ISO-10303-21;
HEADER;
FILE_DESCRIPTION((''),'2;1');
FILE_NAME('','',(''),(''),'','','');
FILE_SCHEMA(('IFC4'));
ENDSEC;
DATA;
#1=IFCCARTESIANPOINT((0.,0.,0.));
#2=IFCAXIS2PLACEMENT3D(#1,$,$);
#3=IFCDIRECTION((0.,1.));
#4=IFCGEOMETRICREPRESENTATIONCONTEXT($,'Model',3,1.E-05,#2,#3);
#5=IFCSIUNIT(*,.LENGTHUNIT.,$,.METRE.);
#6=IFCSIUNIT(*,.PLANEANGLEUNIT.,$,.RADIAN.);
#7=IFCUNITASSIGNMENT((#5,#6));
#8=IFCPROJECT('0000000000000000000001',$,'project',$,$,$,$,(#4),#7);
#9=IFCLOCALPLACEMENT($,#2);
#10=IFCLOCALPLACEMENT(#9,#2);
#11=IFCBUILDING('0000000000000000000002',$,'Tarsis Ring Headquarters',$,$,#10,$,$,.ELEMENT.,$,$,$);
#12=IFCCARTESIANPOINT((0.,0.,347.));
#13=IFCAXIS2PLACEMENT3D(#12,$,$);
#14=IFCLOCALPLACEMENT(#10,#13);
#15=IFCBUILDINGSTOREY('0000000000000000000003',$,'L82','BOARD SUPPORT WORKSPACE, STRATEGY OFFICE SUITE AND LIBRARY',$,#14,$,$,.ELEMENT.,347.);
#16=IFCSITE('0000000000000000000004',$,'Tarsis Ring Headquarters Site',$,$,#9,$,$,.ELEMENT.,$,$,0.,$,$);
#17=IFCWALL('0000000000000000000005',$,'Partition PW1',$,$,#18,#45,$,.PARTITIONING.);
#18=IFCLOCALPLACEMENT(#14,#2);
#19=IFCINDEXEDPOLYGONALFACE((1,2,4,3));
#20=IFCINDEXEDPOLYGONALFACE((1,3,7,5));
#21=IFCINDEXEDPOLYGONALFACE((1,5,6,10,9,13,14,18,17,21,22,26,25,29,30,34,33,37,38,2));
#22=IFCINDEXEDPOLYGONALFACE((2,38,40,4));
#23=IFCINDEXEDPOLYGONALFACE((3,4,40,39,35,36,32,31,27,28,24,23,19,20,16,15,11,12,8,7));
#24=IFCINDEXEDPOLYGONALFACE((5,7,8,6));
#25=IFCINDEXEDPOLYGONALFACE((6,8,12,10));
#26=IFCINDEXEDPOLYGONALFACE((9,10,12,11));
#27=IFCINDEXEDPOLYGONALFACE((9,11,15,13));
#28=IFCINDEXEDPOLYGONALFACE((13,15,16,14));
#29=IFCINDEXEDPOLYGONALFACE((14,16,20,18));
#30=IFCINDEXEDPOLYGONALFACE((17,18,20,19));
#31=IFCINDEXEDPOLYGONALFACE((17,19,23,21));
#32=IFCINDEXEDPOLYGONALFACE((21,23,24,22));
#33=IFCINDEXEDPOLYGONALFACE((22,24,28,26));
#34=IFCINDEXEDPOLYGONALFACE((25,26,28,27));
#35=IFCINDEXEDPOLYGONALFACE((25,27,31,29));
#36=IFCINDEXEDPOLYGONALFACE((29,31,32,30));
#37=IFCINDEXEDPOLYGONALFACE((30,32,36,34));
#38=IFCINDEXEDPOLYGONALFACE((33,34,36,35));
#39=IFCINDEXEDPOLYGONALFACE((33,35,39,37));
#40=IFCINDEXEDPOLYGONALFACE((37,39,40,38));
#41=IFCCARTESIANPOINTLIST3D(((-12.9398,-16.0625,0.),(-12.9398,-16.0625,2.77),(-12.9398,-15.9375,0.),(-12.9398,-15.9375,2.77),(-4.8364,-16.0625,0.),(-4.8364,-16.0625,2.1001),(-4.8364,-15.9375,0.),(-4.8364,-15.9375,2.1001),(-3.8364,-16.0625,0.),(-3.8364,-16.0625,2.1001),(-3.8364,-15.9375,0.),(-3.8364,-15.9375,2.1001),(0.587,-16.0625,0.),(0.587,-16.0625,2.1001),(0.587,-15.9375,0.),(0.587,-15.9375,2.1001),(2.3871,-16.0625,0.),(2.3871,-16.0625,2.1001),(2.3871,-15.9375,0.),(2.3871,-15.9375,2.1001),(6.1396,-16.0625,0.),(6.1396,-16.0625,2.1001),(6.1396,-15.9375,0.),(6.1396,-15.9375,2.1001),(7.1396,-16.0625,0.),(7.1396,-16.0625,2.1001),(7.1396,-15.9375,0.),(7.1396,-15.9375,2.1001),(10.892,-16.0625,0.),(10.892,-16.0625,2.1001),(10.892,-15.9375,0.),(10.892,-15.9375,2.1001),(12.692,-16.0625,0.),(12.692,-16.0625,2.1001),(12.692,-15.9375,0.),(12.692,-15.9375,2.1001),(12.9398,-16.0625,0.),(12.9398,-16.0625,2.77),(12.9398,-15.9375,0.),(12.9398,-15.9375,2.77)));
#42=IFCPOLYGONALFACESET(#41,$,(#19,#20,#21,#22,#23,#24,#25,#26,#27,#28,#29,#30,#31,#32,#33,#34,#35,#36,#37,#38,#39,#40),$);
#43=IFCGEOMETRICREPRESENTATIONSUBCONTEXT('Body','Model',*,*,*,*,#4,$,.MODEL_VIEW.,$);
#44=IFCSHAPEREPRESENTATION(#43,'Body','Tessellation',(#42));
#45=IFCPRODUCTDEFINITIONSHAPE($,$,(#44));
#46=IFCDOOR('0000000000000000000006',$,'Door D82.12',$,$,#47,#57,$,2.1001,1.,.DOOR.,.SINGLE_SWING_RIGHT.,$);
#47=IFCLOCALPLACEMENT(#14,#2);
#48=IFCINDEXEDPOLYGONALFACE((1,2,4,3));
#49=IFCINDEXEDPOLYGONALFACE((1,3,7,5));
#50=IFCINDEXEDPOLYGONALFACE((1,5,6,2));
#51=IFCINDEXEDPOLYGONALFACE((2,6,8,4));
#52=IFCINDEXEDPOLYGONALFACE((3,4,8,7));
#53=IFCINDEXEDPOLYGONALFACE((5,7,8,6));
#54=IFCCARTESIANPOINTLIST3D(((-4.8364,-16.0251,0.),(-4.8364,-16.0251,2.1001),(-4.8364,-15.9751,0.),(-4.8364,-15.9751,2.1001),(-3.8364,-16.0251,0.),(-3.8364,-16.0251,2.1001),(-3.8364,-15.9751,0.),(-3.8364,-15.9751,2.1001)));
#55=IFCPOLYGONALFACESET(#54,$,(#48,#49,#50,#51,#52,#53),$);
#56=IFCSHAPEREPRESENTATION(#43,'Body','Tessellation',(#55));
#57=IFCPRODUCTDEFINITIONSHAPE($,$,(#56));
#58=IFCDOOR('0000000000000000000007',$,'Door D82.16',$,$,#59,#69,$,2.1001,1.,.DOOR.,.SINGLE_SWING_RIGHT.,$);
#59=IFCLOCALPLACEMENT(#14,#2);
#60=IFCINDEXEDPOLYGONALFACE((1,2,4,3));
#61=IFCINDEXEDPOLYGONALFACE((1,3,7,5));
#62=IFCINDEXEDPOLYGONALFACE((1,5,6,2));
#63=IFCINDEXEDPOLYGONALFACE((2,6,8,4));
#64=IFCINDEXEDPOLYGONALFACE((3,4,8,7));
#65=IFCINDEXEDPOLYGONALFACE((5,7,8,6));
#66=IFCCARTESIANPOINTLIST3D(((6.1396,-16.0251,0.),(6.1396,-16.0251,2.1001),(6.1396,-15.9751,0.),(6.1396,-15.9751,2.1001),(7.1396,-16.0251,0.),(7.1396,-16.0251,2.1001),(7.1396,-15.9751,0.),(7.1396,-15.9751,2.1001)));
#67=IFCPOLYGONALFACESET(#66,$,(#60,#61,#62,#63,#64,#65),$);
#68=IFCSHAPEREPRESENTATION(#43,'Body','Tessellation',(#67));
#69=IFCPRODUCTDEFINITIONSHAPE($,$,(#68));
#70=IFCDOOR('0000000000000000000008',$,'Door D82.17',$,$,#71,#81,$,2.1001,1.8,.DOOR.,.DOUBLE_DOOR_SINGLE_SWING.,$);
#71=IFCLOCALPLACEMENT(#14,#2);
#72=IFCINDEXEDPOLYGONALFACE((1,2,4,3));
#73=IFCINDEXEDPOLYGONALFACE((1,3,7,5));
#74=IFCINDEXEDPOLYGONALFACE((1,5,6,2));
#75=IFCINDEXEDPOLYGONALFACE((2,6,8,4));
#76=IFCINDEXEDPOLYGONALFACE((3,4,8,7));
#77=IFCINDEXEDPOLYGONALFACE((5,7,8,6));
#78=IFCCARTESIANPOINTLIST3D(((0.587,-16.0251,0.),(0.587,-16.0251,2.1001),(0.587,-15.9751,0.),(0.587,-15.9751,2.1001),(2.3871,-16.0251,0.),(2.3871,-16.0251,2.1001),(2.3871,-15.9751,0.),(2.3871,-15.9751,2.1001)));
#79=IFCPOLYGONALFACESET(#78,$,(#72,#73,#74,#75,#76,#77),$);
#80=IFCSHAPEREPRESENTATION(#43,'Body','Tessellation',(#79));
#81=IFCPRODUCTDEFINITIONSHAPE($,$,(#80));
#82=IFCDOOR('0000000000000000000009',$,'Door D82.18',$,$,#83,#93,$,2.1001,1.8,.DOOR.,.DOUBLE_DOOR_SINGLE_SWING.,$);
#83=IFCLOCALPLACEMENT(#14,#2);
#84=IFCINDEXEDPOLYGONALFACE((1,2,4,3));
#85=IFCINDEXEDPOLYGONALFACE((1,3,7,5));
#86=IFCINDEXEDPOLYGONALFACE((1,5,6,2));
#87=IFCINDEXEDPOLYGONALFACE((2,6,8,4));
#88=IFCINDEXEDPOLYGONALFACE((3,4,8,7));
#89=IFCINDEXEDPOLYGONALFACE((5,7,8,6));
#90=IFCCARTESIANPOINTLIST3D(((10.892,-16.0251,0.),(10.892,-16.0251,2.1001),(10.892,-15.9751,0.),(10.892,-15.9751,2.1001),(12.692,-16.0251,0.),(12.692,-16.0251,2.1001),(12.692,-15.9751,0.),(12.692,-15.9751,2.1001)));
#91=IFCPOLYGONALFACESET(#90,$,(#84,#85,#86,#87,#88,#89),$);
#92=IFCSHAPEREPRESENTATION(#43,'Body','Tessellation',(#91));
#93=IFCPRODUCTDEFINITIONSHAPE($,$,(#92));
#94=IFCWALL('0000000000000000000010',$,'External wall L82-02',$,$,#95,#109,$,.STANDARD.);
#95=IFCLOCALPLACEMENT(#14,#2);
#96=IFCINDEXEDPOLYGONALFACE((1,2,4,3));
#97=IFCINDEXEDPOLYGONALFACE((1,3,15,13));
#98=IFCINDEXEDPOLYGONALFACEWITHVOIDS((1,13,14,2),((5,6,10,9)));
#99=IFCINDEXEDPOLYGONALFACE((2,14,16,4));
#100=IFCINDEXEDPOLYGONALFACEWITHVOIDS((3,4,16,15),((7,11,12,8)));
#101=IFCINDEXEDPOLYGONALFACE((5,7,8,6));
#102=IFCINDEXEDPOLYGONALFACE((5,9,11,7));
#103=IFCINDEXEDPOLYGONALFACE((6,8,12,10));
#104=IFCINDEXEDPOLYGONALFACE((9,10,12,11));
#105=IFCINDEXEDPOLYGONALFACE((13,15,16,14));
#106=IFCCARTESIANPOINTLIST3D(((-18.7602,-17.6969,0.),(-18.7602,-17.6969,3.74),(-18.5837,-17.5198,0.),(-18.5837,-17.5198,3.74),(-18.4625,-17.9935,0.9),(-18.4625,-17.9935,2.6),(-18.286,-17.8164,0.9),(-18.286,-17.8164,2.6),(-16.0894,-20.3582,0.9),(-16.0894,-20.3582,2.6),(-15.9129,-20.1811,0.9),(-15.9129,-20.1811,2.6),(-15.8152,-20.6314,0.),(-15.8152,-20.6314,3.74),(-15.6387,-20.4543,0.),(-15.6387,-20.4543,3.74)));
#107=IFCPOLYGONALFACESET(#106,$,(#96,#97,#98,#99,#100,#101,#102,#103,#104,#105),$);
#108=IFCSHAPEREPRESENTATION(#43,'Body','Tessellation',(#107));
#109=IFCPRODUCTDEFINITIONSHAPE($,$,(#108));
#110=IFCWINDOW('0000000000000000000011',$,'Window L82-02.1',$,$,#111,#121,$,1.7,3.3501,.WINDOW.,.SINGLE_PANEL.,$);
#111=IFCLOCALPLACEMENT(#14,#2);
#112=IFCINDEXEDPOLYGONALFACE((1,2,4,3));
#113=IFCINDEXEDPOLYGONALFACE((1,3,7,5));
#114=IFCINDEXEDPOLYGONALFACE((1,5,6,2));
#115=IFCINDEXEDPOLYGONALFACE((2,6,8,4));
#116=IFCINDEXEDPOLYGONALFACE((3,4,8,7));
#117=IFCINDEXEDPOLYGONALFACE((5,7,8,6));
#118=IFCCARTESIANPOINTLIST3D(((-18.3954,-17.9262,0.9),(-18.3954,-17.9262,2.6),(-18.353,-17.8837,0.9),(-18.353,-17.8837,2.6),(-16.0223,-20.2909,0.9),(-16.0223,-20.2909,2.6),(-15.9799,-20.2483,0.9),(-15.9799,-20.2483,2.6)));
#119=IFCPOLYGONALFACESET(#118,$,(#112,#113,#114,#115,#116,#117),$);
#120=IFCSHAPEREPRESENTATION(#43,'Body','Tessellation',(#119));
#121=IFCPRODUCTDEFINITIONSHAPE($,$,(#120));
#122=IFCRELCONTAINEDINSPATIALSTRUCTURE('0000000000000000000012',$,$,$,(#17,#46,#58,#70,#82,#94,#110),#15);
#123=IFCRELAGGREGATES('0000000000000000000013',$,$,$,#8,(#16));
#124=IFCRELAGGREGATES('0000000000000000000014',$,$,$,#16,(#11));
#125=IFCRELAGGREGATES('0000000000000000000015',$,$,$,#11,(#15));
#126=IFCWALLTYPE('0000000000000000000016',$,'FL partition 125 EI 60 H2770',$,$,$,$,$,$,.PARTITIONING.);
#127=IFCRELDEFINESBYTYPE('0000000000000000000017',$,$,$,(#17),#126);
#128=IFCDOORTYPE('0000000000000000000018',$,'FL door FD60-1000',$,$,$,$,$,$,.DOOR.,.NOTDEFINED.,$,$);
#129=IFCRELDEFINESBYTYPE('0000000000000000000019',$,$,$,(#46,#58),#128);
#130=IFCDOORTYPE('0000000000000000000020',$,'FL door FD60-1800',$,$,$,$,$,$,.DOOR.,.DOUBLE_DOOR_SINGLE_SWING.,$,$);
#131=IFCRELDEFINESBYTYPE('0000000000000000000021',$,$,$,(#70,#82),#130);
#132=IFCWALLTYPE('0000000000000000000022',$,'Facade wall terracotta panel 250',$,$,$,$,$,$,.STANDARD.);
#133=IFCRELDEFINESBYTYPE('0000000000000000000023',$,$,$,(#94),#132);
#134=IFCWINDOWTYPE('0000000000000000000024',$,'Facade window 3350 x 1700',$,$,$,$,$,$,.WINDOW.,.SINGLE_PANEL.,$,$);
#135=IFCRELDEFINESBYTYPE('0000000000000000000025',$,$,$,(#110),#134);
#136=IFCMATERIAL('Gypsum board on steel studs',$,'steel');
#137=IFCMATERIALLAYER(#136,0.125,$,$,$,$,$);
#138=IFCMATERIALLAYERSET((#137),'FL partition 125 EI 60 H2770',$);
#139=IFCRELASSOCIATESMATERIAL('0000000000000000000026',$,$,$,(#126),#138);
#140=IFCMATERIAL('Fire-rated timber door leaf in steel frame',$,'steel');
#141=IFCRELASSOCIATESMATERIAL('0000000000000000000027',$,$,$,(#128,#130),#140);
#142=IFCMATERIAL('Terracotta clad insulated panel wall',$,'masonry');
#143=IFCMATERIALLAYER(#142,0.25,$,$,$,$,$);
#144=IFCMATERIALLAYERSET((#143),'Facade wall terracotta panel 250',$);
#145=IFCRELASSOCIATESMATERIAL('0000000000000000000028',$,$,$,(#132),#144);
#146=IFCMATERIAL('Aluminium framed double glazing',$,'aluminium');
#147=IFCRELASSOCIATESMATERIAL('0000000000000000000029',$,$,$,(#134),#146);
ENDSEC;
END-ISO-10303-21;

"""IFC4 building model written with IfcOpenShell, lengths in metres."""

from ifc_helpers import new_model, si_unit, direction, frame, frame_2d, origin, place, context, subcontext, project, spatial, rectangle, extrude, material, layer, layer_set, type_object, element, fill, save


model = new_model("IFC4")

# Units and contexts
model_context = context("Model", 3, precision=1e-05, world=origin(), true_north=direction((0.0, 1.0)))
body_context = subcontext(model_context, "Body", "Model", "MODEL_VIEW")
ifc_project = project(units=[si_unit("LENGTHUNIT", "METRE"), si_unit("PLANEANGLEUNIT", "RADIAN")], contexts=[model_context])

# Site, building, storey
site_placement = place(None, origin())
site = spatial("IfcSite", under=ifc_project, at=site_placement, Name="Tarsis Ring Headquarters Site", CompositionType="ELEMENT", RefElevation=0.0)
building_placement = place(site_placement, origin())
building = spatial("IfcBuilding", under=site, at=building_placement, Name="Tarsis Ring Headquarters", CompositionType="ELEMENT")
storey_placement = place(building_placement, frame((0.0, 0.0, 347.0)))
storey = spatial("IfcBuildingStorey", under=building, at=storey_placement, Name="L82", Description="BOARD SUPPORT WORKSPACE, STRATEGY OFFICE SUITE AND LIBRARY", CompositionType="ELEMENT", Elevation=347.0)

# Wall, openings, doors
ifc_material_1 = material(Name="Gypsum board on steel studs", Category="steel")
ifc_layer_1 = layer(ifc_material_1, 0.125)
ifc_layer_set_1 = layer_set([ifc_layer_1], Name="FL partition 125 EI 60 H2770")
wall_type_1 = type_object("IfcWallType", Name="FL partition 125 EI 60 H2770", PredefinedType="PARTITIONING", material=ifc_layer_set_1)
ifc_material_2 = material(Name="Fire-rated timber door leaf in steel frame", Category="steel")
door_type_1 = type_object("IfcDoorType", Name="FL door FD60-1000", OperationType="NOTDEFINED", PredefinedType="DOOR", material=ifc_material_2)
door_type_2 = type_object("IfcDoorType", Name="FL door FD60-1800", OperationType="DOUBLE_DOOR_SINGLE_SWING", PredefinedType="DOOR", material=ifc_material_2)
wall_1_placement = place(storey_placement, frame((-12.9399, -16.0, 0.0), z_axis=(0.0, 0.0, 1.0), x_axis=(1.0, 0.0, 0.0)))
wall_1 = element("IfcWall", 1, at=wall_1_placement, inside=storey, type_object=wall_type_1, Name="Partition PW1", PredefinedType="PARTITIONING", context=body_context, shape_type="SweptSolid", body=[
    extrude(rectangle(XDim=25.8796, YDim=0.125, at=frame_2d((12.9399, 0.0))), origin(), (0.0, 0.0, 1.0), 2.77),
])
opening_1_placement = place(wall_1_placement, frame((8.1035, 0.0, 0.0)))
opening_1 = element("IfcOpeningElement", 2, at=opening_1_placement, cuts=wall_1, PredefinedType="OPENING", context=body_context, shape_type="SweptSolid", body=[
    extrude(rectangle(XDim=1.0, YDim=2.1001, at=frame_2d((0.5, 1.05))), frame((0.0, 0.0725, 0.0), z_axis=(0.0, -1.0, 0.0), x_axis=(1.0, 0.0, 0.0)), (0.0, 0.0, 1.0), 0.145),
])
opening_2_placement = place(wall_1_placement, frame((19.0796, 0.0, 0.0)))
opening_2 = element("IfcOpeningElement", 3, at=opening_2_placement, cuts=wall_1, PredefinedType="OPENING", context=body_context, shape_type="SweptSolid", body=[
    extrude(rectangle(XDim=1.0, YDim=2.1001, at=frame_2d((0.5, 1.05))), frame((0.0, 0.0725, 0.0), z_axis=(0.0, -1.0, 0.0), x_axis=(1.0, 0.0, 0.0)), (0.0, 0.0, 1.0), 0.145),
])
opening_3_placement = place(wall_1_placement, frame((13.5271, 0.0, 0.0)))
opening_3 = element("IfcOpeningElement", 4, at=opening_3_placement, cuts=wall_1, PredefinedType="OPENING", context=body_context, shape_type="SweptSolid", body=[
    extrude(rectangle(XDim=1.8, YDim=2.1001, at=frame_2d((0.8999, 1.05))), frame((0.0, 0.0725, 0.0), z_axis=(0.0, -1.0, 0.0), x_axis=(1.0, 0.0, 0.0)), (0.0, 0.0, 1.0), 0.145),
])
opening_4_placement = place(wall_1_placement, frame((23.832, 0.0, 0.0)))
opening_4 = element("IfcOpeningElement", 5, at=opening_4_placement, cuts=wall_1, PredefinedType="OPENING", context=body_context, shape_type="SweptSolid", body=[
    extrude(rectangle(XDim=1.8, YDim=2.1001, at=frame_2d((0.8999, 1.05))), frame((0.0, 0.0725, 0.0), z_axis=(0.0, -1.0, 0.0), x_axis=(1.0, 0.0, 0.0)), (0.0, 0.0, 1.0), 0.145),
])
door_1_placement = place(opening_1_placement, origin())
door_1 = element("IfcDoor", 6, at=door_1_placement, inside=storey, type_object=door_type_1, Name="Door D82.12", OperationType="SINGLE_SWING_RIGHT", OverallHeight=2.1001, OverallWidth=1.0, PredefinedType="DOOR", context=body_context, shape_type="SweptSolid", body=[
    extrude(rectangle(XDim=1.0, YDim=2.1001, at=frame_2d((0.5, 1.05))), frame((0.0, 0.0249, 0.0), z_axis=(0.0, -1.0, 0.0), x_axis=(1.0, 0.0, 0.0)), (0.0, 0.0, 1.0), 0.05),
])
fill(opening_1, door_1)
door_2_placement = place(opening_2_placement, origin())
door_2 = element("IfcDoor", 7, at=door_2_placement, inside=storey, type_object=door_type_1, Name="Door D82.16", OperationType="SINGLE_SWING_RIGHT", OverallHeight=2.1001, OverallWidth=1.0, PredefinedType="DOOR", context=body_context, shape_type="SweptSolid", body=[
    extrude(rectangle(XDim=1.0, YDim=2.1001, at=frame_2d((0.5, 1.05))), frame((0.0, 0.0249, 0.0), z_axis=(0.0, -1.0, 0.0), x_axis=(1.0, 0.0, 0.0)), (0.0, 0.0, 1.0), 0.05),
])
fill(opening_2, door_2)
door_3_placement = place(opening_3_placement, origin())
door_3 = element("IfcDoor", 8, at=door_3_placement, inside=storey, type_object=door_type_2, Name="Door D82.17", OperationType="DOUBLE_DOOR_SINGLE_SWING", OverallHeight=2.1001, OverallWidth=1.8, PredefinedType="DOOR", context=body_context, shape_type="SweptSolid", body=[
    extrude(rectangle(XDim=1.8, YDim=2.1001, at=frame_2d((0.8999, 1.05))), frame((0.0, 0.0249, 0.0), z_axis=(0.0, -1.0, 0.0), x_axis=(1.0, 0.0, 0.0)), (0.0, 0.0, 1.0), 0.05),
])
fill(opening_3, door_3)
door_4_placement = place(opening_4_placement, origin())
door_4 = element("IfcDoor", 9, at=door_4_placement, inside=storey, type_object=door_type_2, Name="Door D82.18", OperationType="DOUBLE_DOOR_SINGLE_SWING", OverallHeight=2.1001, OverallWidth=1.8, PredefinedType="DOOR", context=body_context, shape_type="SweptSolid", body=[
    extrude(rectangle(XDim=1.8, YDim=2.1001, at=frame_2d((0.8999, 1.05))), frame((0.0, 0.0249, 0.0), z_axis=(0.0, -1.0, 0.0), x_axis=(1.0, 0.0, 0.0)), (0.0, 0.0, 1.0), 0.05),
])
fill(opening_4, door_4)

# Wall, opening, window
ifc_material_3 = material(Name="Terracotta clad insulated panel wall", Category="masonry")
ifc_layer_2 = layer(ifc_material_3, 0.25)
ifc_layer_set_2 = layer_set([ifc_layer_2], Name="Facade wall terracotta panel 250")
wall_type_2 = type_object("IfcWallType", Name="Facade wall terracotta panel 250", PredefinedType="STANDARD", material=ifc_layer_set_2)
wall_2_placement = place(storey_placement, frame((-18.6719, -17.6084, 0.0), z_axis=(0.0, 0.0, 1.0), x_axis=(0.708368, -0.705843, 0.0)))
wall_2 = element("IfcWall", 10, at=wall_2_placement, inside=storey, type_object=wall_type_2, Name="External wall L82-02", PredefinedType="STANDARD", context=body_context, shape_type="SweptSolid", body=[
    extrude(rectangle(XDim=4.1575, YDim=0.25, at=frame_2d((2.0786, 0.0))), origin(), (0.0, 0.0, 1.0), 3.74),
])
opening_5_placement = place(wall_2_placement, frame((0.4202, 0.0, 0.8999)))
opening_5 = element("IfcOpeningElement", 11, at=opening_5_placement, cuts=wall_2, PredefinedType="OPENING", context=body_context, shape_type="SweptSolid", body=[
    extrude(rectangle(XDim=3.3501, YDim=1.7, at=frame_2d((1.675, 0.8501))), frame((0.0, 0.135, 0.0), z_axis=(0.0, -1.0, 0.0), x_axis=(1.0, 0.0, 0.0)), (0.0, 0.0, 1.0), 0.27),
])
ifc_material_4 = material(Name="Aluminium framed double glazing", Category="aluminium")
window_type = type_object("IfcWindowType", Name="Facade window 3350 x 1700", PartitioningType="SINGLE_PANEL", PredefinedType="WINDOW", material=ifc_material_4)
window_placement = place(opening_5_placement, origin())
window = element("IfcWindow", 12, at=window_placement, inside=storey, type_object=window_type, Name="Window L82-02.1", OverallHeight=1.7, OverallWidth=3.3501, PartitioningType="SINGLE_PANEL", PredefinedType="WINDOW", context=body_context, shape_type="SweptSolid", body=[
    extrude(rectangle(XDim=3.3501, YDim=1.7, at=frame_2d((1.675, 0.8501))), frame((0.0, 0.03, 0.0), z_axis=(0.0, -1.0, 0.0), x_axis=(1.0, 0.0, 0.0)), (0.0, 0.0, 1.0), 0.0601),
])
fill(opening_5, window)

save(model, "model.ifc")
